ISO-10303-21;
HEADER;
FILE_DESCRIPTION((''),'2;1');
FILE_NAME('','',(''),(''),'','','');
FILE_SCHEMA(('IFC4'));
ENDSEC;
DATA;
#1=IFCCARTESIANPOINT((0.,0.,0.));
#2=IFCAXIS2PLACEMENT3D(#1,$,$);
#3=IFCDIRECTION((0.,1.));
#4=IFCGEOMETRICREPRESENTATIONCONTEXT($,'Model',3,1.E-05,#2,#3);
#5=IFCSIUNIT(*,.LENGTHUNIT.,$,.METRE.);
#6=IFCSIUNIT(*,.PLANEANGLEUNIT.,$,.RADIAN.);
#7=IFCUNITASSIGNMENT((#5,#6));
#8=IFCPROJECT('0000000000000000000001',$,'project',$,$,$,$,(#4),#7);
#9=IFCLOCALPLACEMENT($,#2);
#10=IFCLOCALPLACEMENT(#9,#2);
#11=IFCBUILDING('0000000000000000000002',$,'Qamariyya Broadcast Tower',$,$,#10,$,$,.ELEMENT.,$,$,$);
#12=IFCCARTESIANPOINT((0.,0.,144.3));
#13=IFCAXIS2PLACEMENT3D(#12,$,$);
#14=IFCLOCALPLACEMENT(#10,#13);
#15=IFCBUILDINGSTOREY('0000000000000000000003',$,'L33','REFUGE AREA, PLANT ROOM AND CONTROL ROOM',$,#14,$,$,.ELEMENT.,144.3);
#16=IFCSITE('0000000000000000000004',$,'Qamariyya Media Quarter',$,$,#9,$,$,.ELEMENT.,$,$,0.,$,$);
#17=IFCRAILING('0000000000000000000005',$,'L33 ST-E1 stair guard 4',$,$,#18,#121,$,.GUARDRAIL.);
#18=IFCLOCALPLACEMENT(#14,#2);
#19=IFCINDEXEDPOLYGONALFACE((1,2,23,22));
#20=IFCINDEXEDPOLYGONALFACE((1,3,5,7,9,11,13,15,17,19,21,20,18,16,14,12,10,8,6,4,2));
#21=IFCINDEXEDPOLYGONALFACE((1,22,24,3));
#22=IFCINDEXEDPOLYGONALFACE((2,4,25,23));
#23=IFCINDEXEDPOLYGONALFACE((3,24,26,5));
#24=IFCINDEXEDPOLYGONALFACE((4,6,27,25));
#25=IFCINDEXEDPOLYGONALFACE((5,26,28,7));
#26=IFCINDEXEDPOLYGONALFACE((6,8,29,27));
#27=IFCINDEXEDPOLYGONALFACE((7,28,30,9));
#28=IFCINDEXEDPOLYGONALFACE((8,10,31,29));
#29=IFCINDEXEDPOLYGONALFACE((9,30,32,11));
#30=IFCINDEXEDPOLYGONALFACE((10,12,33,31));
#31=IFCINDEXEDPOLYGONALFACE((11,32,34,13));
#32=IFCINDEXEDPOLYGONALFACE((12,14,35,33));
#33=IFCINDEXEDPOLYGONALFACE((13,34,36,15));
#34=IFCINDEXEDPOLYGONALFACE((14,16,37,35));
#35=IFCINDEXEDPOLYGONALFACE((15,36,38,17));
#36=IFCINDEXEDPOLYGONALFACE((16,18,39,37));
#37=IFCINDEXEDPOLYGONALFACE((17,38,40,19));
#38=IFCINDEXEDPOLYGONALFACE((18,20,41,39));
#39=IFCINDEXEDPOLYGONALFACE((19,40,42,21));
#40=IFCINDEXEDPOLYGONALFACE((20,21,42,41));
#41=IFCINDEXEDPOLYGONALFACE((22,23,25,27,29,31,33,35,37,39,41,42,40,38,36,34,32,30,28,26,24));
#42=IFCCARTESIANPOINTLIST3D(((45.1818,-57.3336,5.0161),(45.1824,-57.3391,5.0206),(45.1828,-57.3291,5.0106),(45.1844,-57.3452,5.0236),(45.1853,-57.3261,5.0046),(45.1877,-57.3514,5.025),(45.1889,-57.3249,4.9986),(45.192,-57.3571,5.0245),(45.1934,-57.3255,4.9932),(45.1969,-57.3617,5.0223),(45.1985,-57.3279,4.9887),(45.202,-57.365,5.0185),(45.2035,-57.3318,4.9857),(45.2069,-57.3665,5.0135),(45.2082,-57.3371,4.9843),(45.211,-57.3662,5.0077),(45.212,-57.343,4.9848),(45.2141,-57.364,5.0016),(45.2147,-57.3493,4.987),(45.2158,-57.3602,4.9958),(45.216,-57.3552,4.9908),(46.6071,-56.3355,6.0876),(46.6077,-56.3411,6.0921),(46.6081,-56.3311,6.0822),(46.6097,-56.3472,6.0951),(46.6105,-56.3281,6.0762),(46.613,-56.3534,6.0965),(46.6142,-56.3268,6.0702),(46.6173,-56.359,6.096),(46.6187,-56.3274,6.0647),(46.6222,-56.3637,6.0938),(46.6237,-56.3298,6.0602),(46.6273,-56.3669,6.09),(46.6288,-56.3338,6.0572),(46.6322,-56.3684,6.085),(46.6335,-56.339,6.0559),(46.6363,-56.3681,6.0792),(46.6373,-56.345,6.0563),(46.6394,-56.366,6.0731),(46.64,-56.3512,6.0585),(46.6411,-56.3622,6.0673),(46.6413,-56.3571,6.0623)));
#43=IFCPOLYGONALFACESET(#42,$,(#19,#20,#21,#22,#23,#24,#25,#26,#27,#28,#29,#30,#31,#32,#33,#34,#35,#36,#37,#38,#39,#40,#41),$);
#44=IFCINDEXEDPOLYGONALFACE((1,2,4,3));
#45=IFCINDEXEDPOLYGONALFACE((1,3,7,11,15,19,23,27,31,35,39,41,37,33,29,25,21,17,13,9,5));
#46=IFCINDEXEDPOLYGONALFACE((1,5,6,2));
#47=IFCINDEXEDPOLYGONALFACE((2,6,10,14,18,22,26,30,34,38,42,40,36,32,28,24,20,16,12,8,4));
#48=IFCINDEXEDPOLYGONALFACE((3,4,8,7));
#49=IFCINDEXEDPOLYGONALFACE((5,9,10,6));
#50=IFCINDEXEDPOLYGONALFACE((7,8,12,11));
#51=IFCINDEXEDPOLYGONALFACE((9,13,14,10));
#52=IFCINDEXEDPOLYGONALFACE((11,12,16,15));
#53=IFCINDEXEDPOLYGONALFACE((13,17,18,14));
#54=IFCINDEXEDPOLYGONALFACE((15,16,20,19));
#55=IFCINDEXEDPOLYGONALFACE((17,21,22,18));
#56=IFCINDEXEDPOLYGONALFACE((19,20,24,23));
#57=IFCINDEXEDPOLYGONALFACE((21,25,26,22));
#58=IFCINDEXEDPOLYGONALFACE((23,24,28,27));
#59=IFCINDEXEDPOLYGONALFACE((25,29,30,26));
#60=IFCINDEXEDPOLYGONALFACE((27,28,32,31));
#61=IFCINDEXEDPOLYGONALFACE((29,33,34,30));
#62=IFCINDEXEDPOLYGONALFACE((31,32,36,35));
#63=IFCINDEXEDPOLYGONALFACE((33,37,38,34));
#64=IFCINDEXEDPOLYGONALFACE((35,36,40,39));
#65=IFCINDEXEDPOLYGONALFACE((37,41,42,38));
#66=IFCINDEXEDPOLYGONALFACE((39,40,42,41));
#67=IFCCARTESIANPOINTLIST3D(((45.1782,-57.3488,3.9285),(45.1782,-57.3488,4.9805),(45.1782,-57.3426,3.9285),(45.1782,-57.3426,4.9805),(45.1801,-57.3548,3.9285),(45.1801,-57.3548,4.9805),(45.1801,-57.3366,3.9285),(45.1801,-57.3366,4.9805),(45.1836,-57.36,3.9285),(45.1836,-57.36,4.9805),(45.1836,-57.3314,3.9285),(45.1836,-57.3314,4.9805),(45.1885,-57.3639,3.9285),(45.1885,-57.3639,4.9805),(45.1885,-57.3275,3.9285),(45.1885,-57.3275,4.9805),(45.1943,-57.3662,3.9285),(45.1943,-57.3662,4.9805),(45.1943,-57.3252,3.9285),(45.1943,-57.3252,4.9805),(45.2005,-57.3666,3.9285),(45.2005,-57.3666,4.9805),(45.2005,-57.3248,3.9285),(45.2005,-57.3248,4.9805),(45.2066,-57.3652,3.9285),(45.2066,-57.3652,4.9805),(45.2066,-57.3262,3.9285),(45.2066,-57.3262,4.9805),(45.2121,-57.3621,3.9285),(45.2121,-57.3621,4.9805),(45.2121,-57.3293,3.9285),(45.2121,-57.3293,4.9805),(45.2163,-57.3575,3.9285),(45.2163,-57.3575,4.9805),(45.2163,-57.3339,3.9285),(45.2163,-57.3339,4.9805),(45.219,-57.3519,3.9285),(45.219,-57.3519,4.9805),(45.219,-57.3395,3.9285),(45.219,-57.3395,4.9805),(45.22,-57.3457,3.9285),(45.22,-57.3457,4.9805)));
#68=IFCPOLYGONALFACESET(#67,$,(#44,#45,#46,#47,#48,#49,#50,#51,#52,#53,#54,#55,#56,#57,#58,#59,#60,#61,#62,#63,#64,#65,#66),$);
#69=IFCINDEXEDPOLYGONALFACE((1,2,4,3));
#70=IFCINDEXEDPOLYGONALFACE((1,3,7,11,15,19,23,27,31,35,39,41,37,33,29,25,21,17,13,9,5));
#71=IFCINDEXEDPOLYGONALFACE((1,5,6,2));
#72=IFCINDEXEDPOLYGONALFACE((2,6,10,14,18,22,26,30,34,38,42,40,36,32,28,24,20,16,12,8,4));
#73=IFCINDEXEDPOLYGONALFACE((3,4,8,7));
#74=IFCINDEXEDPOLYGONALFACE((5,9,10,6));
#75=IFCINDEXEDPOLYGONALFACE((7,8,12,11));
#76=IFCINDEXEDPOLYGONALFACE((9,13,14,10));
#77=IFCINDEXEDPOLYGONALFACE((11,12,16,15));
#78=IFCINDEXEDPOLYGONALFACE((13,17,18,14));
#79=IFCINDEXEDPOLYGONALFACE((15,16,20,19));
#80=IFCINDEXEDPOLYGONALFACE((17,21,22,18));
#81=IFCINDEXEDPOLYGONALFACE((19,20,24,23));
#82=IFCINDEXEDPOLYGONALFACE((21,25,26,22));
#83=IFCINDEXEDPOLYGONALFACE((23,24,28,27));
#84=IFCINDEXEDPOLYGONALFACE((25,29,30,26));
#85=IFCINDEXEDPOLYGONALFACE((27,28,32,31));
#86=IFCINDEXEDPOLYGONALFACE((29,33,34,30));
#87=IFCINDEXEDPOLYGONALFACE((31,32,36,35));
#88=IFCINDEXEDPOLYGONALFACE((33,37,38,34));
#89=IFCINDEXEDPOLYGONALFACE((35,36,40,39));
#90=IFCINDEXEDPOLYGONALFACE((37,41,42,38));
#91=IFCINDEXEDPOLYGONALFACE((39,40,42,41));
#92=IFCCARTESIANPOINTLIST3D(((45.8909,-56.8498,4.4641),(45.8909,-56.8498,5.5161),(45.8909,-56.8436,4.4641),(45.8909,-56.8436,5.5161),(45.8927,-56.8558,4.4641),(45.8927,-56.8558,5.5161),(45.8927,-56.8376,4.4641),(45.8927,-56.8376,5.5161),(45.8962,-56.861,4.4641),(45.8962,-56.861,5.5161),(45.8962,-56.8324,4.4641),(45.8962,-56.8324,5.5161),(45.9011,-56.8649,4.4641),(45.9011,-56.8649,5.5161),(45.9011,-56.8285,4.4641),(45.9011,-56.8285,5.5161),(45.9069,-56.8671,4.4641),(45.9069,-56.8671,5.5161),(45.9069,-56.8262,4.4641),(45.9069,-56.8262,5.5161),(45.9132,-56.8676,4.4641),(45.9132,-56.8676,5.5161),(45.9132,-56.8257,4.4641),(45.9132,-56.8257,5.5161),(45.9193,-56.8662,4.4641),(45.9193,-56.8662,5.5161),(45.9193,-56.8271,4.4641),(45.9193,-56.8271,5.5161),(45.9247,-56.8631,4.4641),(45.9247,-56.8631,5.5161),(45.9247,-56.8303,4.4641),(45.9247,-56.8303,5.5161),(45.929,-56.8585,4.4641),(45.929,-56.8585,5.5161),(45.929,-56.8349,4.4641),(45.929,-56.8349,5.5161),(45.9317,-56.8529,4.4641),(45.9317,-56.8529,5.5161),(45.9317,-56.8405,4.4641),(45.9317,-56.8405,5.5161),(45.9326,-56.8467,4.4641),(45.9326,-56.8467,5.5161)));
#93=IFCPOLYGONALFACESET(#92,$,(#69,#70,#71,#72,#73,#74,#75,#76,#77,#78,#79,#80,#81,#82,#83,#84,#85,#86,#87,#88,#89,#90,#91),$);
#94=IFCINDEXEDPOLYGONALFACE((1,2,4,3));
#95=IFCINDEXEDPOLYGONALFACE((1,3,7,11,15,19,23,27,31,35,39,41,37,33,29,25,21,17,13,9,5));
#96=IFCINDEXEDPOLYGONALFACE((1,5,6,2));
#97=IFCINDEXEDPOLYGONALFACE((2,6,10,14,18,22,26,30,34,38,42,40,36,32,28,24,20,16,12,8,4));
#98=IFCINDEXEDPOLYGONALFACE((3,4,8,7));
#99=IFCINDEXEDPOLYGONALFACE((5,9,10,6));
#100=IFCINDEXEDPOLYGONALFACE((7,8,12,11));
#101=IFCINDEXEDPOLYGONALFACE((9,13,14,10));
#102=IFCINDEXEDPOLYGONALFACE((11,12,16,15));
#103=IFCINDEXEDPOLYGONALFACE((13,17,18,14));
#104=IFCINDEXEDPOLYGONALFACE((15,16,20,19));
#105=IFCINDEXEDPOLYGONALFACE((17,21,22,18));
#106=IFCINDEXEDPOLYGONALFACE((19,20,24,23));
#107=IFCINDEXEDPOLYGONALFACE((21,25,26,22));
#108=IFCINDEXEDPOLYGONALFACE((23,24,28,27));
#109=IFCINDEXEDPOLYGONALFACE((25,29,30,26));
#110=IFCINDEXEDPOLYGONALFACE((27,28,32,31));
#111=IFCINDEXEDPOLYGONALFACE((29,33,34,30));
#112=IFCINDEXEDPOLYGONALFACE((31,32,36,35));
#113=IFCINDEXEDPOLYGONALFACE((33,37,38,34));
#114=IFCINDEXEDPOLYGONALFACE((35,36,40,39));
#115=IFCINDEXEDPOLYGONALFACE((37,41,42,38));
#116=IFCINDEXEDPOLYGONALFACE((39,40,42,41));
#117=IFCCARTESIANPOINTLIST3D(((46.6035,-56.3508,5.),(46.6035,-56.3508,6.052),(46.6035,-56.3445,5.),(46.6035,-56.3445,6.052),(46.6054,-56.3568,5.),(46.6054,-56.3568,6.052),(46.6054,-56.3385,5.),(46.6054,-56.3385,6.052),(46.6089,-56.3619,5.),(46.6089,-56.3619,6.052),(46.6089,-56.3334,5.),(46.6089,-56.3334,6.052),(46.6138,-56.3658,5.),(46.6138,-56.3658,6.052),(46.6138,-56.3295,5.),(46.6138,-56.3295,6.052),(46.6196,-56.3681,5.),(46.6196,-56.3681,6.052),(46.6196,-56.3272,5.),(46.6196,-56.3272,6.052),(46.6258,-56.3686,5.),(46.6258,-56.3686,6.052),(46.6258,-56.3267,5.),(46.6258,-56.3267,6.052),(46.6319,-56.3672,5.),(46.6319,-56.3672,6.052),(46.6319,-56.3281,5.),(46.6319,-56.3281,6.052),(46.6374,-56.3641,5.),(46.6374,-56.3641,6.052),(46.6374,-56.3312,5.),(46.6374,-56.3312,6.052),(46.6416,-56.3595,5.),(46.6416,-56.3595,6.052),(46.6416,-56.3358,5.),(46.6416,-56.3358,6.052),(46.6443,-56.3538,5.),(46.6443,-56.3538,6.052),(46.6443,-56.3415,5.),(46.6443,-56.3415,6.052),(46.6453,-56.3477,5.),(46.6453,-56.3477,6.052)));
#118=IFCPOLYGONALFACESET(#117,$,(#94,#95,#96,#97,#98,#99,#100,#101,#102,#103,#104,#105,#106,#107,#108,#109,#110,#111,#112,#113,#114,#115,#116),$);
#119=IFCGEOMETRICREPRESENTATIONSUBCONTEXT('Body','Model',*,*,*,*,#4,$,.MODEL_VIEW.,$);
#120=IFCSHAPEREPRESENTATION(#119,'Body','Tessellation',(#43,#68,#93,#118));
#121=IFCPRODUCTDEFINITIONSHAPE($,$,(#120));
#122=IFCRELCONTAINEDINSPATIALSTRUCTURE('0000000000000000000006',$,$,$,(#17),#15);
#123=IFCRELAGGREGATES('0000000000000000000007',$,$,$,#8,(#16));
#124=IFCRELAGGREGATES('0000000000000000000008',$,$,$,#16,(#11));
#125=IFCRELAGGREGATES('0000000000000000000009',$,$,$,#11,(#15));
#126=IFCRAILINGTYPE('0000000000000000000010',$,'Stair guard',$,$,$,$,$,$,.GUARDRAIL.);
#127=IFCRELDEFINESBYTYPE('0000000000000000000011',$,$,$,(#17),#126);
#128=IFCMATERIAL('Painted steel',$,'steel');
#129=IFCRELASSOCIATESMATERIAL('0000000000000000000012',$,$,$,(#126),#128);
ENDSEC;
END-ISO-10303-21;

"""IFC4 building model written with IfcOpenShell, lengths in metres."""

from ifc_helpers import new_model, si_unit, direction, frame, origin, origin_2d, place, context, subcontext, project, spatial, circle, extrude, material, type_object, element, save


model = new_model("IFC4")

# Units and contexts
model_context = context("Model", 3, precision=1e-05, world=origin(), true_north=direction((0.0, 1.0)))
body_context = subcontext(model_context, "Body", "Model", "MODEL_VIEW")
ifc_project = project(units=[si_unit("LENGTHUNIT", "METRE"), si_unit("PLANEANGLEUNIT", "RADIAN")], contexts=[model_context])

# Site, building, storey
site_placement = place(None, origin())
site = spatial("IfcSite", under=ifc_project, at=site_placement, Name="Qamariyya Media Quarter", CompositionType="ELEMENT", RefElevation=0.0)
building_placement = place(site_placement, origin())
building = spatial("IfcBuilding", under=site, at=building_placement, Name="Qamariyya Broadcast Tower", CompositionType="ELEMENT")
storey_placement = place(building_placement, frame((0.0, 0.0, 144.3)))
storey = spatial("IfcBuildingStorey", under=building, at=storey_placement, Name="L33", Description="REFUGE AREA, PLANT ROOM AND CONTROL ROOM", CompositionType="ELEMENT", Elevation=144.3)

# Railing
ifc_material_1 = material(Name="Painted steel", Category="steel")
railing_type_1 = type_object("IfcRailingType", Name="Stair guard", PredefinedType="GUARDRAIL", material=ifc_material_1)
railing_1_placement = place(storey_placement, frame((45.199, -57.3457, 3.9285)))
element("IfcRailing", 1, at=railing_1_placement, inside=storey, type_object=railing_type_1, Name="L33 ST-E1 stair guard 4", PredefinedType="GUARDRAIL", context=body_context, shape_type="SweptSolid", body=[
    extrude(circle(Radius=0.0239, at=origin_2d()), frame((0.0, 0.0, 1.0762), z_axis=(0.697489, 0.48841, 0.524371), x_axis=(-0.573594, 0.81914, 0.0)), (0.0, 0.0, 1.0), 2.0435),
    extrude(circle(Radius=0.021, at=origin_2d()), origin(), (0.0, 0.0, 1.0), 1.052),
    extrude(circle(Radius=0.021, at=origin_2d()), frame((0.7126, 0.499, 0.5356)), (0.0, 0.0, 1.0), 1.052),
    extrude(circle(Radius=0.021, at=origin_2d()), frame((1.4253, 0.998, 1.0715)), (0.0, 0.0, 1.0), 1.052),
])

save(model, "model.ifc")
